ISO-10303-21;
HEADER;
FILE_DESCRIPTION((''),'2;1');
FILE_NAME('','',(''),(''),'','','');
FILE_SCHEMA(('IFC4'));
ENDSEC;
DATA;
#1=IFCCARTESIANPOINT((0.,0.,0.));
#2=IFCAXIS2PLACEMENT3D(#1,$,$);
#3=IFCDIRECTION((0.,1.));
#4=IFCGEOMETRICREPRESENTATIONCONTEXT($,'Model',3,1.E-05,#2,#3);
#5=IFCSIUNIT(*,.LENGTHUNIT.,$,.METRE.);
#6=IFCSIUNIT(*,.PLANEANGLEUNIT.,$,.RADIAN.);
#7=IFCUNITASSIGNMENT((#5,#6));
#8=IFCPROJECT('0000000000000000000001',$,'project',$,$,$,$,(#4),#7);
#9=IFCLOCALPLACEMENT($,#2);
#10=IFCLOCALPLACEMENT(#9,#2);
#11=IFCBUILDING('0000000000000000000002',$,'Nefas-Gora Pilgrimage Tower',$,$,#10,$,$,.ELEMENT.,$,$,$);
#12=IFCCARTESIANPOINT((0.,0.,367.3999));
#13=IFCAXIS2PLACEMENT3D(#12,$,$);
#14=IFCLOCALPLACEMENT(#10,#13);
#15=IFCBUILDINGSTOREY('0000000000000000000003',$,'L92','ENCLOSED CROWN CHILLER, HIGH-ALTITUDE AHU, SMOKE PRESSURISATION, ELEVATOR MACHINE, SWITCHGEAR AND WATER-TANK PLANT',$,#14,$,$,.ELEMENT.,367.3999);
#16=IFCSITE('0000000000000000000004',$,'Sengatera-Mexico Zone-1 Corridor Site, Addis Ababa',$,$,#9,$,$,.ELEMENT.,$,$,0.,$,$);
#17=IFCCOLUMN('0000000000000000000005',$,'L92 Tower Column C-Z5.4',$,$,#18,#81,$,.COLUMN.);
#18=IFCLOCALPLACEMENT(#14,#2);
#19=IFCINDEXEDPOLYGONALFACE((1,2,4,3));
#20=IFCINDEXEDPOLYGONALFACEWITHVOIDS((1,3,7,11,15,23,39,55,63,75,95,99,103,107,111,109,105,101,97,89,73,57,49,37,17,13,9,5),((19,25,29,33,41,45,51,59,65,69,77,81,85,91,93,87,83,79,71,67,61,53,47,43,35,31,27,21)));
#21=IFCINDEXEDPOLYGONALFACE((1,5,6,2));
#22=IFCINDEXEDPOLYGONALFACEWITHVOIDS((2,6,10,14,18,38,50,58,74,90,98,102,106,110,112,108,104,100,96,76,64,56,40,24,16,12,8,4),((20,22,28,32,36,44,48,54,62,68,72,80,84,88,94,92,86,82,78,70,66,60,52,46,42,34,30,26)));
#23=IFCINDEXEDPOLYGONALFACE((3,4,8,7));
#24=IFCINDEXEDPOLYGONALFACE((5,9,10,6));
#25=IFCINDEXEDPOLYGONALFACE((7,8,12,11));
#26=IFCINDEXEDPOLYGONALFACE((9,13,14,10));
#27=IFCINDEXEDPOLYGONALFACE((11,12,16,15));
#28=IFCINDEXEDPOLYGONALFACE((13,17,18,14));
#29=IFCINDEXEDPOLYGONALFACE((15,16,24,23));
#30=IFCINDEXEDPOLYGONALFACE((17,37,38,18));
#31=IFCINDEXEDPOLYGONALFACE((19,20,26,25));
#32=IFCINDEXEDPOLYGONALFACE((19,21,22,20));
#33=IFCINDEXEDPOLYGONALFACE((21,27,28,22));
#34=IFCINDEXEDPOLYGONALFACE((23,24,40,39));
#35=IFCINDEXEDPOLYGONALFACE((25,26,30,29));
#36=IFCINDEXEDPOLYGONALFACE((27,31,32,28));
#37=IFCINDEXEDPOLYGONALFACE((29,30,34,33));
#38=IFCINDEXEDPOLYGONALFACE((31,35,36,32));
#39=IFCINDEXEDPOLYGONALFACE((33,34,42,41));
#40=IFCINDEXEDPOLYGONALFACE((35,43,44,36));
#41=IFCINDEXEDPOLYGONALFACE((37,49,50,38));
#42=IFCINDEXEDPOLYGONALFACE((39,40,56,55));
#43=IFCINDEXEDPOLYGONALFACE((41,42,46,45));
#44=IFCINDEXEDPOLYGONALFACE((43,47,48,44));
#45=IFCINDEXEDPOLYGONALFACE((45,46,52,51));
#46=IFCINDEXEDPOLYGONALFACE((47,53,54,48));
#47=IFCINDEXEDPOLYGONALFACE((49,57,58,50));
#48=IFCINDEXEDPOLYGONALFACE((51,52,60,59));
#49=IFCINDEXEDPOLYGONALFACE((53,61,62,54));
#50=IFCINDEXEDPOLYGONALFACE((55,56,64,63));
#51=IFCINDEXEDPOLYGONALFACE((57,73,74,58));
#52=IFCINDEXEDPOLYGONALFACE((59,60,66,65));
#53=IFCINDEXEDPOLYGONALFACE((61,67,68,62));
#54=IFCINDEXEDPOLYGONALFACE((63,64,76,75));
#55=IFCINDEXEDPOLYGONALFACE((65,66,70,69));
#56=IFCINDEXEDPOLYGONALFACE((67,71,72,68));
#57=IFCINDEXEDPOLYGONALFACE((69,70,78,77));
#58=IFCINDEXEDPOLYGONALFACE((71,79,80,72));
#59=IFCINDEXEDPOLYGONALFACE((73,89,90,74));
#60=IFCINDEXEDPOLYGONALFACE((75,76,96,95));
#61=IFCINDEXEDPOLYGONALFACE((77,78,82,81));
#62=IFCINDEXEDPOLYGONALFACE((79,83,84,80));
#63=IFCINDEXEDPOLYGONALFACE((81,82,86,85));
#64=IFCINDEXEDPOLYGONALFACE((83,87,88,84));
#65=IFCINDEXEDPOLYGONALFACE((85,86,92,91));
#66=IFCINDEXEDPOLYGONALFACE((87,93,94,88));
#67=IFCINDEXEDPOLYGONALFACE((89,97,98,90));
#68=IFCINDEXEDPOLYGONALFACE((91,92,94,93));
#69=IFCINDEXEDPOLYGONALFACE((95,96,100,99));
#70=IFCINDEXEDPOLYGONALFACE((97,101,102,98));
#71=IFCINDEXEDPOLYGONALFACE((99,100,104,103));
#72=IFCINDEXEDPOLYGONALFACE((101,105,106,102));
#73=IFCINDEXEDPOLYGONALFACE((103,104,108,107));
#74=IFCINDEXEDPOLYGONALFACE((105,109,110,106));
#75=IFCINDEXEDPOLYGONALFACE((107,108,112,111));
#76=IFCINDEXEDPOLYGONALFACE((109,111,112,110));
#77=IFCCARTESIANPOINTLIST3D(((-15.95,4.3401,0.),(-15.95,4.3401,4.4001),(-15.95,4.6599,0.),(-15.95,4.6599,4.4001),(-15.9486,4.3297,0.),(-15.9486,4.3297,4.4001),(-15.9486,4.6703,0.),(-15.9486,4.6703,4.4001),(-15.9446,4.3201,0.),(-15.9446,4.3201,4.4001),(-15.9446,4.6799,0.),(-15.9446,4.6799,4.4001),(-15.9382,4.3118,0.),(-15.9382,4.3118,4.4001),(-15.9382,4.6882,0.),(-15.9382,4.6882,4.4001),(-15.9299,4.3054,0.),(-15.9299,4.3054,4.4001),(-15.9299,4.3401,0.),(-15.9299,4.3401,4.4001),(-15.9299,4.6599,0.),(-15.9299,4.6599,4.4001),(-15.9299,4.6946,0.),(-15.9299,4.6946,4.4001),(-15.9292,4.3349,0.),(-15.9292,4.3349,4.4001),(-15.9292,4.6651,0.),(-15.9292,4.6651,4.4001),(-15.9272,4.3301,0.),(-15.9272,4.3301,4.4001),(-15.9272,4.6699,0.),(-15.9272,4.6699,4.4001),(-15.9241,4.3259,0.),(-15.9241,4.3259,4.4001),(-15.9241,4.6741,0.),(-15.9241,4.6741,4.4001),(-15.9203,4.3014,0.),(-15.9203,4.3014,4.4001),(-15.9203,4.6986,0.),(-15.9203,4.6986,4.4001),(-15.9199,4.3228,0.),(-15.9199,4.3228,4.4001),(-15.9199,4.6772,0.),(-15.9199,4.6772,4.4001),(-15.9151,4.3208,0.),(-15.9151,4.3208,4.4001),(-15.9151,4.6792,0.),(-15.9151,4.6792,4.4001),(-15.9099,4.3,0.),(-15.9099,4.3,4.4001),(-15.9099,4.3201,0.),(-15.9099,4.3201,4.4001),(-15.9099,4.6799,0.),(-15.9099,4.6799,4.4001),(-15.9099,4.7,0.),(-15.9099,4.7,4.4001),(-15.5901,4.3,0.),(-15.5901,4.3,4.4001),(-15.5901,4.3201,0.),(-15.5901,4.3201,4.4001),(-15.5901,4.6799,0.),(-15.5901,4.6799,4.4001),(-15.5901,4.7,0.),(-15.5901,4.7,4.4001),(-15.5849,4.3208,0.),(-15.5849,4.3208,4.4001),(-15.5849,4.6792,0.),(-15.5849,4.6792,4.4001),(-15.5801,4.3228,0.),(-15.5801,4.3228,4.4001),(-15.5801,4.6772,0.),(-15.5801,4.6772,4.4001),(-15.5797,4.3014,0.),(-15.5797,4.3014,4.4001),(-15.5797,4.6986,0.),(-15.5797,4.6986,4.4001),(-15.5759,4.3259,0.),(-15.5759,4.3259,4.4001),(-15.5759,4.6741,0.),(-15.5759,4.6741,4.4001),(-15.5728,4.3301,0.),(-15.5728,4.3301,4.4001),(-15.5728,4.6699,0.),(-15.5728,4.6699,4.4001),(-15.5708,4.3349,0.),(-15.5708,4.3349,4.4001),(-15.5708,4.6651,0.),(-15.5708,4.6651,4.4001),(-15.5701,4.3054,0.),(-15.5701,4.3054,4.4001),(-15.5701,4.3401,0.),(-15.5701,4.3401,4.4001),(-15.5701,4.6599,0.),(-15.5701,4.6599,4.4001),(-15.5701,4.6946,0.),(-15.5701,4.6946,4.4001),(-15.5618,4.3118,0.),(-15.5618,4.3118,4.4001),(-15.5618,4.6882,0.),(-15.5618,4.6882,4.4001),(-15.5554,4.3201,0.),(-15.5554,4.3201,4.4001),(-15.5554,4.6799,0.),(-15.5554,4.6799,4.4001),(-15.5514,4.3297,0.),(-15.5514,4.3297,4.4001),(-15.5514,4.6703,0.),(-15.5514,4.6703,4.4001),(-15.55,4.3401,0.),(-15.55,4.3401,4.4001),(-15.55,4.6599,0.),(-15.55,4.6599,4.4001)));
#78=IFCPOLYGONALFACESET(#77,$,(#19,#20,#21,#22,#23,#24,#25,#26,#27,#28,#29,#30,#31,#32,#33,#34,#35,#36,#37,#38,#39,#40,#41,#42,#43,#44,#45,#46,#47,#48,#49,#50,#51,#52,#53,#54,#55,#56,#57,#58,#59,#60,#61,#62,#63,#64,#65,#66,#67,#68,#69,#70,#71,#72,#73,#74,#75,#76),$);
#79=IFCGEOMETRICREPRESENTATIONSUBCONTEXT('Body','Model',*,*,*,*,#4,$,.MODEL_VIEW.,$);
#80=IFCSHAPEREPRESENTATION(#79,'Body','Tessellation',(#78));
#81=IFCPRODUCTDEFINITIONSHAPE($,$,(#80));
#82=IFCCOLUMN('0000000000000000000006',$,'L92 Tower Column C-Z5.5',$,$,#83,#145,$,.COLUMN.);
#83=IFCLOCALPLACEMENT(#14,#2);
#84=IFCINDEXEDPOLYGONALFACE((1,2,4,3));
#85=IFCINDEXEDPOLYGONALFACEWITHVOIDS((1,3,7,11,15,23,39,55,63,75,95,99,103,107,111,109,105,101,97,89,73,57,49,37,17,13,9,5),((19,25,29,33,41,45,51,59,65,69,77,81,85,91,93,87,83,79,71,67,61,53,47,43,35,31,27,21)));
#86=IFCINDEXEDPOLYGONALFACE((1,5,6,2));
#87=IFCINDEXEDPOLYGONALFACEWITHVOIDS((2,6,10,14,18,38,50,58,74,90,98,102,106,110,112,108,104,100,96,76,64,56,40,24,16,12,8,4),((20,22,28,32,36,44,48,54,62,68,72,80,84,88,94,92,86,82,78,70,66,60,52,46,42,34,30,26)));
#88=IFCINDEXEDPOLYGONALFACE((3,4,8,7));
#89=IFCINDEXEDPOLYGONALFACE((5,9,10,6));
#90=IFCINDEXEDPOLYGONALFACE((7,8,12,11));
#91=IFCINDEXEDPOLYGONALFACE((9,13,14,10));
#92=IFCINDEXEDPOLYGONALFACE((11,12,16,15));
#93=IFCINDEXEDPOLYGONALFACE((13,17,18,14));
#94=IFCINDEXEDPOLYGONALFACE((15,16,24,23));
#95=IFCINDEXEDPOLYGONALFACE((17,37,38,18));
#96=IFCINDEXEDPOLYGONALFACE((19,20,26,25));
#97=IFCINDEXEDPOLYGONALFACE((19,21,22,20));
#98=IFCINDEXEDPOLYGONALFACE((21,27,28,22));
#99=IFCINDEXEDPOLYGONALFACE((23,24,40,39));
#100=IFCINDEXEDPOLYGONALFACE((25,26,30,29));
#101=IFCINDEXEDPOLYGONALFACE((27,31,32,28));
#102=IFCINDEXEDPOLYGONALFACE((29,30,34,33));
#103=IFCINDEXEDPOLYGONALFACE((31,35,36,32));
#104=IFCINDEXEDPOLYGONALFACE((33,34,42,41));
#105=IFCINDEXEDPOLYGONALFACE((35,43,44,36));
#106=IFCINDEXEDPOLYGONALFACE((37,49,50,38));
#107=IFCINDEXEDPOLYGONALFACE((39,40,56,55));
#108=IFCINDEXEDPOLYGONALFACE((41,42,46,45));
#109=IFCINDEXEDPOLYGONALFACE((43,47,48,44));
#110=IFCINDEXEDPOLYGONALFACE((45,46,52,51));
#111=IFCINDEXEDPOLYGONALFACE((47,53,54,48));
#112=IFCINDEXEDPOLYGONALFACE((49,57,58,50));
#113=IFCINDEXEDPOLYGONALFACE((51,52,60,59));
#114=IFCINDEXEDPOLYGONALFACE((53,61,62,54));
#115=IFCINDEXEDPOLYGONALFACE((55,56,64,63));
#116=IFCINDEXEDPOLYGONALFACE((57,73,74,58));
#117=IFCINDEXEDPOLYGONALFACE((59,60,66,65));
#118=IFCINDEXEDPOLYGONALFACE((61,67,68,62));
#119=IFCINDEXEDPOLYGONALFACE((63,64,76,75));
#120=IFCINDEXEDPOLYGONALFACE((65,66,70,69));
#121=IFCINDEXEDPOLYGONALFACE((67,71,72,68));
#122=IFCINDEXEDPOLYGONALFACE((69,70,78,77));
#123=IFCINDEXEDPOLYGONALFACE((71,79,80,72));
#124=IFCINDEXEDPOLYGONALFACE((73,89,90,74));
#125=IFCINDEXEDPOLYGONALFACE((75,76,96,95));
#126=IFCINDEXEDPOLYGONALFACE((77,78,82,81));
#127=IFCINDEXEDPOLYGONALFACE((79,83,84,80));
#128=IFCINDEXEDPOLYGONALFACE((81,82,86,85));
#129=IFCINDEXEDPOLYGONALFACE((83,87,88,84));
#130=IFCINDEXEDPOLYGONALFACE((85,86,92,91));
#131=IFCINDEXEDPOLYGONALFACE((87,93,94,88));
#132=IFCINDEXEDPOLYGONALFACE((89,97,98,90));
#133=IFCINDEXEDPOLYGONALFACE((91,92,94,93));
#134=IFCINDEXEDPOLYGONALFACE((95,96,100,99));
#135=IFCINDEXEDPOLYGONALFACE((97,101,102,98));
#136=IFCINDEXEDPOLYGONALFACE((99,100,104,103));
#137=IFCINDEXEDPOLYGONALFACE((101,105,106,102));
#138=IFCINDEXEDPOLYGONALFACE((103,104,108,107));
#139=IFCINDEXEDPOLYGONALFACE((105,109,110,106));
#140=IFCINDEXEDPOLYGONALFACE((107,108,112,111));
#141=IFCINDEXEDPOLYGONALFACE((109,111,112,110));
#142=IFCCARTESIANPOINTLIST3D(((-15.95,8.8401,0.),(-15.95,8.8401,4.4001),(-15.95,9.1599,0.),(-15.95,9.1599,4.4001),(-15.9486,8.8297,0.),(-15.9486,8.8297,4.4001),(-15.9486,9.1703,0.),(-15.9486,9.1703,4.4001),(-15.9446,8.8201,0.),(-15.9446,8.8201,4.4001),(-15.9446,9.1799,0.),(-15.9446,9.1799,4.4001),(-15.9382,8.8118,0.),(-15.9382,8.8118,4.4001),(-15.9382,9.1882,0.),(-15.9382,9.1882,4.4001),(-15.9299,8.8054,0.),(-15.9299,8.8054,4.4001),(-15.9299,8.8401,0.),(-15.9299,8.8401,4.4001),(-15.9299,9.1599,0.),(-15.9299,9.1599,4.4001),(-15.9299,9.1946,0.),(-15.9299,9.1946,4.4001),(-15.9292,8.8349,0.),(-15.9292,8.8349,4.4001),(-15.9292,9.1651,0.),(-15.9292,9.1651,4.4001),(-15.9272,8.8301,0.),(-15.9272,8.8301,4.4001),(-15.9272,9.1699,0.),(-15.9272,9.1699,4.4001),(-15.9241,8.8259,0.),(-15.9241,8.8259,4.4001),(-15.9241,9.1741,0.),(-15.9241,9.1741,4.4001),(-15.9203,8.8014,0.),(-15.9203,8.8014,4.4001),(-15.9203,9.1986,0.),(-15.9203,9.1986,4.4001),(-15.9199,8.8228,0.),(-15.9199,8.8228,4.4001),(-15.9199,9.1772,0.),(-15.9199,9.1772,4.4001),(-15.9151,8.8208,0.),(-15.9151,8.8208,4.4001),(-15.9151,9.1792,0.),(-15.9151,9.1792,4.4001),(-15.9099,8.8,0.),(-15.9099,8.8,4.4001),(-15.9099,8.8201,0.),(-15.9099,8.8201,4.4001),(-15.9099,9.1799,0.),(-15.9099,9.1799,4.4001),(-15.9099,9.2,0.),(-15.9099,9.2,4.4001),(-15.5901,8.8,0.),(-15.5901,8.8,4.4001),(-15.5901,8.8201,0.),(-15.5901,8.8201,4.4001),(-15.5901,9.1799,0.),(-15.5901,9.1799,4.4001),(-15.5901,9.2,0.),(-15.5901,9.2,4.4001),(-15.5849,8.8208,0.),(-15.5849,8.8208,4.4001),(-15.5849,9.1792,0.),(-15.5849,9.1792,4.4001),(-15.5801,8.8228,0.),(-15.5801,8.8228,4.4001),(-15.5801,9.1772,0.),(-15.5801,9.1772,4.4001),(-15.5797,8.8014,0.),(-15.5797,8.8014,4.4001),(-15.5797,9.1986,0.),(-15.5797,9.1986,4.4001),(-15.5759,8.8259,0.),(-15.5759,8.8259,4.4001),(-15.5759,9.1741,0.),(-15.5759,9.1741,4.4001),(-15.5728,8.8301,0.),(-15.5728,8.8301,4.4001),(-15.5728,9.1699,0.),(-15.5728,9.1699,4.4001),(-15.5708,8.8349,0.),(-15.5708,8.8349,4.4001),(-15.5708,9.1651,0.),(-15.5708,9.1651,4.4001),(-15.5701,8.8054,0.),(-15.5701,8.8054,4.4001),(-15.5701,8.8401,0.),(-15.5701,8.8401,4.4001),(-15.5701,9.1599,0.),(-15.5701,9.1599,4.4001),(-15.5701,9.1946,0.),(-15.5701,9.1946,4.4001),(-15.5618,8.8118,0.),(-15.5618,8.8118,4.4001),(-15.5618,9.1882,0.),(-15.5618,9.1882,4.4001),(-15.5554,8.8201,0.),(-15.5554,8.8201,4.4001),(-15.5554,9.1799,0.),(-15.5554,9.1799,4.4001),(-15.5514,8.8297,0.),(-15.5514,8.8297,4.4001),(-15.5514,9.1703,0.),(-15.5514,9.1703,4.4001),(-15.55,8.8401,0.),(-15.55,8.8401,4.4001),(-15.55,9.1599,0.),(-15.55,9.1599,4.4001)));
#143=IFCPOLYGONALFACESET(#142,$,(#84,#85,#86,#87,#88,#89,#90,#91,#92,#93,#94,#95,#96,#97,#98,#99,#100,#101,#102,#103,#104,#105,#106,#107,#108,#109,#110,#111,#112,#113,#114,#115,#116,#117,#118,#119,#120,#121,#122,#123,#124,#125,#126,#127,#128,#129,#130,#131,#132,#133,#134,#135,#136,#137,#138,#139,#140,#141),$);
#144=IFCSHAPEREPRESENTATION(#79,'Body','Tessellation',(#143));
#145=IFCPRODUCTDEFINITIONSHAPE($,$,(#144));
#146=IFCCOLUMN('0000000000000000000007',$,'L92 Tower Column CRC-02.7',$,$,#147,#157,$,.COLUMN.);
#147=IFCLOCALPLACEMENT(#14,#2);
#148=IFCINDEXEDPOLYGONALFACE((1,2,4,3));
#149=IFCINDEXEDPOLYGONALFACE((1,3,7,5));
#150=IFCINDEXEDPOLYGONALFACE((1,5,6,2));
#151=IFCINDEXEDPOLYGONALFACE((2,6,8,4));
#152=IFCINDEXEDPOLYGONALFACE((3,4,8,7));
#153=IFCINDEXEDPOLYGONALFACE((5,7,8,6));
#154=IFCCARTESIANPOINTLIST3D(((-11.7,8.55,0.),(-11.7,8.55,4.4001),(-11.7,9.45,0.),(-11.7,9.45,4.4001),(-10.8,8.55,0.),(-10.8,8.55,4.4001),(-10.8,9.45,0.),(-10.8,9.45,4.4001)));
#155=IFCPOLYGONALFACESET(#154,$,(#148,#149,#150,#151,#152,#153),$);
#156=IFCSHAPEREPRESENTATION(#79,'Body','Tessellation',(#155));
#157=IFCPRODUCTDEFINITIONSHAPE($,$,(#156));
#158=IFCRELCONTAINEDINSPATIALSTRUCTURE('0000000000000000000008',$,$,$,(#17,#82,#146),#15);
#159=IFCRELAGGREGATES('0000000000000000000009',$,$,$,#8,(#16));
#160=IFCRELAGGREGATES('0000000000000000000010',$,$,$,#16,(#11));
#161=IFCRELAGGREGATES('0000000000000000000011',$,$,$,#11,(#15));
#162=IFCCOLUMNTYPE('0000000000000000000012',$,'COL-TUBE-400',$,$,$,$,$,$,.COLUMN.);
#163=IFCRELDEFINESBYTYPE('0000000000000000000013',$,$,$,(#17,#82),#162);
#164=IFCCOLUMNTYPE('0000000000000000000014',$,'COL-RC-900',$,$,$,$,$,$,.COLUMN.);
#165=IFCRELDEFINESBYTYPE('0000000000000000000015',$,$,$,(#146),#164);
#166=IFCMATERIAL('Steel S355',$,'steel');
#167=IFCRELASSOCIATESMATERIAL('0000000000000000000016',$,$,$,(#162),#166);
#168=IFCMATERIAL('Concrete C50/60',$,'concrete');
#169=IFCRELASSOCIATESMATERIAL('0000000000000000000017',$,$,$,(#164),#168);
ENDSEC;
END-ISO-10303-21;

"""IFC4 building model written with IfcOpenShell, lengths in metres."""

from ifc_helpers import new_model, si_unit, direction, frame, origin, origin_2d, place, context, subcontext, project, spatial, rectangle, hollow_rectangle, extrude, source, transform, mapped, material, material_profile, profile_set, type_object, element, save


model = new_model("IFC4")

# Units and contexts
model_context = context("Model", 3, precision=1e-05, world=origin(), true_north=direction((0.0, 1.0)))
body_context = subcontext(model_context, "Body", "Model", "MODEL_VIEW")
ifc_project = project(units=[si_unit("LENGTHUNIT", "METRE"), si_unit("PLANEANGLEUNIT", "RADIAN")], contexts=[model_context])

# Site, building, storey
site_placement = place(None, origin())
site = spatial("IfcSite", under=ifc_project, at=site_placement, Name="Sengatera-Mexico Zone-1 Corridor Site, Addis Ababa", CompositionType="ELEMENT", RefElevation=0.0)
building_placement = place(site_placement, origin())
building = spatial("IfcBuilding", under=site, at=building_placement, Name="Nefas-Gora Pilgrimage Tower", CompositionType="ELEMENT")
storey_placement = place(building_placement, frame((0.0, 0.0, 367.3999)))
storey = spatial("IfcBuildingStorey", under=building, at=storey_placement, Name="L92", Description="ENCLOSED CROWN CHILLER, HIGH-ALTITUDE AHU, SMOKE PRESSURISATION, ELEVATOR MACHINE, SWITCHGEAR AND WATER-TANK PLANT", CompositionType="ELEMENT", Elevation=367.3999)

# Columns
ifc_material_1 = material(Name="Steel S355", Category="steel")
ifc_material_profile_1 = material_profile(ifc_material_1, hollow_rectangle(XDim=0.3999, YDim=0.3999, WallThickness=0.02, InnerFilletRadius=0.02, OuterFilletRadius=0.04, at=origin_2d()), Name="SHS 400x400x20")
ifc_profile_set_1 = profile_set([ifc_material_profile_1], Name="Steel S355")
column_type_1 = type_object("IfcColumnType", Name="COL-TUBE-400", PredefinedType="COLUMN", material=ifc_profile_set_1)
shared_shape_1 = source(origin(), body_context, "Body", "SweptSolid", [
    extrude(hollow_rectangle(XDim=0.3999, YDim=0.3999, WallThickness=0.02, InnerFilletRadius=0.02, OuterFilletRadius=0.04, at=origin_2d()), origin(), (0.0, 0.0, 1.0), 4.4001),
])
for number, where, z_axis, x_axis, name in (
    (1, (-15.75, 4.5, 0.0), (0.0, 0.0, 1.0), (1.0, 0.0, 0.0), "L92 Tower Column C-Z5.4"),
    (2, (-15.75, 9.0, 0.0), (0.0, 0.0, 1.0), (1.0, 0.0, 0.0), "L92 Tower Column C-Z5.5"),
):
    element("IfcColumn", number, at=place(storey_placement, frame(where, z_axis=z_axis, x_axis=x_axis)), inside=storey, type_object=column_type_1, Name=name, PredefinedType="COLUMN", context=body_context, shape_type="MappedRepresentation", body=[
        mapped(shared_shape_1, transform((0.0, 0.0, 0.0), x_axis=(1.0, 0.0, 0.0), y_axis=(0.0, 1.0, 0.0), z_axis=(0.0, 0.0, 1.0), scale=1.0)),
    ])
ifc_material_2 = material(Name="Concrete C50/60", Category="concrete")
ifc_material_profile_2 = material_profile(ifc_material_2, rectangle(XDim=0.8999, YDim=0.8999, at=origin_2d()), Name="RC 900x900")
ifc_profile_set_2 = profile_set([ifc_material_profile_2], Name="Concrete C50/60")
column_type_2 = type_object("IfcColumnType", Name="COL-RC-900", PredefinedType="COLUMN", material=ifc_profile_set_2)
shared_shape_2 = source(origin(), body_context, "Body", "SweptSolid", [
    extrude(rectangle(XDim=0.8999, YDim=0.8999, at=origin_2d()), origin(), (0.0, 0.0, 1.0), 4.4001),
])
column_placement = place(storey_placement, frame((-11.25, 9.0, 0.0), z_axis=(0.0, 0.0, 1.0), x_axis=(1.0, 0.0, 0.0)))
element("IfcColumn", 3, at=column_placement, inside=storey, type_object=column_type_2, Name="L92 Tower Column CRC-02.7", PredefinedType="COLUMN", context=body_context, shape_type="MappedRepresentation", body=[
    mapped(shared_shape_2, transform((0.0, 0.0, 0.0), x_axis=(1.0, 0.0, 0.0), y_axis=(0.0, 1.0, 0.0), z_axis=(0.0, 0.0, 1.0), scale=1.0)),
])

save(model, "model.ifc")
